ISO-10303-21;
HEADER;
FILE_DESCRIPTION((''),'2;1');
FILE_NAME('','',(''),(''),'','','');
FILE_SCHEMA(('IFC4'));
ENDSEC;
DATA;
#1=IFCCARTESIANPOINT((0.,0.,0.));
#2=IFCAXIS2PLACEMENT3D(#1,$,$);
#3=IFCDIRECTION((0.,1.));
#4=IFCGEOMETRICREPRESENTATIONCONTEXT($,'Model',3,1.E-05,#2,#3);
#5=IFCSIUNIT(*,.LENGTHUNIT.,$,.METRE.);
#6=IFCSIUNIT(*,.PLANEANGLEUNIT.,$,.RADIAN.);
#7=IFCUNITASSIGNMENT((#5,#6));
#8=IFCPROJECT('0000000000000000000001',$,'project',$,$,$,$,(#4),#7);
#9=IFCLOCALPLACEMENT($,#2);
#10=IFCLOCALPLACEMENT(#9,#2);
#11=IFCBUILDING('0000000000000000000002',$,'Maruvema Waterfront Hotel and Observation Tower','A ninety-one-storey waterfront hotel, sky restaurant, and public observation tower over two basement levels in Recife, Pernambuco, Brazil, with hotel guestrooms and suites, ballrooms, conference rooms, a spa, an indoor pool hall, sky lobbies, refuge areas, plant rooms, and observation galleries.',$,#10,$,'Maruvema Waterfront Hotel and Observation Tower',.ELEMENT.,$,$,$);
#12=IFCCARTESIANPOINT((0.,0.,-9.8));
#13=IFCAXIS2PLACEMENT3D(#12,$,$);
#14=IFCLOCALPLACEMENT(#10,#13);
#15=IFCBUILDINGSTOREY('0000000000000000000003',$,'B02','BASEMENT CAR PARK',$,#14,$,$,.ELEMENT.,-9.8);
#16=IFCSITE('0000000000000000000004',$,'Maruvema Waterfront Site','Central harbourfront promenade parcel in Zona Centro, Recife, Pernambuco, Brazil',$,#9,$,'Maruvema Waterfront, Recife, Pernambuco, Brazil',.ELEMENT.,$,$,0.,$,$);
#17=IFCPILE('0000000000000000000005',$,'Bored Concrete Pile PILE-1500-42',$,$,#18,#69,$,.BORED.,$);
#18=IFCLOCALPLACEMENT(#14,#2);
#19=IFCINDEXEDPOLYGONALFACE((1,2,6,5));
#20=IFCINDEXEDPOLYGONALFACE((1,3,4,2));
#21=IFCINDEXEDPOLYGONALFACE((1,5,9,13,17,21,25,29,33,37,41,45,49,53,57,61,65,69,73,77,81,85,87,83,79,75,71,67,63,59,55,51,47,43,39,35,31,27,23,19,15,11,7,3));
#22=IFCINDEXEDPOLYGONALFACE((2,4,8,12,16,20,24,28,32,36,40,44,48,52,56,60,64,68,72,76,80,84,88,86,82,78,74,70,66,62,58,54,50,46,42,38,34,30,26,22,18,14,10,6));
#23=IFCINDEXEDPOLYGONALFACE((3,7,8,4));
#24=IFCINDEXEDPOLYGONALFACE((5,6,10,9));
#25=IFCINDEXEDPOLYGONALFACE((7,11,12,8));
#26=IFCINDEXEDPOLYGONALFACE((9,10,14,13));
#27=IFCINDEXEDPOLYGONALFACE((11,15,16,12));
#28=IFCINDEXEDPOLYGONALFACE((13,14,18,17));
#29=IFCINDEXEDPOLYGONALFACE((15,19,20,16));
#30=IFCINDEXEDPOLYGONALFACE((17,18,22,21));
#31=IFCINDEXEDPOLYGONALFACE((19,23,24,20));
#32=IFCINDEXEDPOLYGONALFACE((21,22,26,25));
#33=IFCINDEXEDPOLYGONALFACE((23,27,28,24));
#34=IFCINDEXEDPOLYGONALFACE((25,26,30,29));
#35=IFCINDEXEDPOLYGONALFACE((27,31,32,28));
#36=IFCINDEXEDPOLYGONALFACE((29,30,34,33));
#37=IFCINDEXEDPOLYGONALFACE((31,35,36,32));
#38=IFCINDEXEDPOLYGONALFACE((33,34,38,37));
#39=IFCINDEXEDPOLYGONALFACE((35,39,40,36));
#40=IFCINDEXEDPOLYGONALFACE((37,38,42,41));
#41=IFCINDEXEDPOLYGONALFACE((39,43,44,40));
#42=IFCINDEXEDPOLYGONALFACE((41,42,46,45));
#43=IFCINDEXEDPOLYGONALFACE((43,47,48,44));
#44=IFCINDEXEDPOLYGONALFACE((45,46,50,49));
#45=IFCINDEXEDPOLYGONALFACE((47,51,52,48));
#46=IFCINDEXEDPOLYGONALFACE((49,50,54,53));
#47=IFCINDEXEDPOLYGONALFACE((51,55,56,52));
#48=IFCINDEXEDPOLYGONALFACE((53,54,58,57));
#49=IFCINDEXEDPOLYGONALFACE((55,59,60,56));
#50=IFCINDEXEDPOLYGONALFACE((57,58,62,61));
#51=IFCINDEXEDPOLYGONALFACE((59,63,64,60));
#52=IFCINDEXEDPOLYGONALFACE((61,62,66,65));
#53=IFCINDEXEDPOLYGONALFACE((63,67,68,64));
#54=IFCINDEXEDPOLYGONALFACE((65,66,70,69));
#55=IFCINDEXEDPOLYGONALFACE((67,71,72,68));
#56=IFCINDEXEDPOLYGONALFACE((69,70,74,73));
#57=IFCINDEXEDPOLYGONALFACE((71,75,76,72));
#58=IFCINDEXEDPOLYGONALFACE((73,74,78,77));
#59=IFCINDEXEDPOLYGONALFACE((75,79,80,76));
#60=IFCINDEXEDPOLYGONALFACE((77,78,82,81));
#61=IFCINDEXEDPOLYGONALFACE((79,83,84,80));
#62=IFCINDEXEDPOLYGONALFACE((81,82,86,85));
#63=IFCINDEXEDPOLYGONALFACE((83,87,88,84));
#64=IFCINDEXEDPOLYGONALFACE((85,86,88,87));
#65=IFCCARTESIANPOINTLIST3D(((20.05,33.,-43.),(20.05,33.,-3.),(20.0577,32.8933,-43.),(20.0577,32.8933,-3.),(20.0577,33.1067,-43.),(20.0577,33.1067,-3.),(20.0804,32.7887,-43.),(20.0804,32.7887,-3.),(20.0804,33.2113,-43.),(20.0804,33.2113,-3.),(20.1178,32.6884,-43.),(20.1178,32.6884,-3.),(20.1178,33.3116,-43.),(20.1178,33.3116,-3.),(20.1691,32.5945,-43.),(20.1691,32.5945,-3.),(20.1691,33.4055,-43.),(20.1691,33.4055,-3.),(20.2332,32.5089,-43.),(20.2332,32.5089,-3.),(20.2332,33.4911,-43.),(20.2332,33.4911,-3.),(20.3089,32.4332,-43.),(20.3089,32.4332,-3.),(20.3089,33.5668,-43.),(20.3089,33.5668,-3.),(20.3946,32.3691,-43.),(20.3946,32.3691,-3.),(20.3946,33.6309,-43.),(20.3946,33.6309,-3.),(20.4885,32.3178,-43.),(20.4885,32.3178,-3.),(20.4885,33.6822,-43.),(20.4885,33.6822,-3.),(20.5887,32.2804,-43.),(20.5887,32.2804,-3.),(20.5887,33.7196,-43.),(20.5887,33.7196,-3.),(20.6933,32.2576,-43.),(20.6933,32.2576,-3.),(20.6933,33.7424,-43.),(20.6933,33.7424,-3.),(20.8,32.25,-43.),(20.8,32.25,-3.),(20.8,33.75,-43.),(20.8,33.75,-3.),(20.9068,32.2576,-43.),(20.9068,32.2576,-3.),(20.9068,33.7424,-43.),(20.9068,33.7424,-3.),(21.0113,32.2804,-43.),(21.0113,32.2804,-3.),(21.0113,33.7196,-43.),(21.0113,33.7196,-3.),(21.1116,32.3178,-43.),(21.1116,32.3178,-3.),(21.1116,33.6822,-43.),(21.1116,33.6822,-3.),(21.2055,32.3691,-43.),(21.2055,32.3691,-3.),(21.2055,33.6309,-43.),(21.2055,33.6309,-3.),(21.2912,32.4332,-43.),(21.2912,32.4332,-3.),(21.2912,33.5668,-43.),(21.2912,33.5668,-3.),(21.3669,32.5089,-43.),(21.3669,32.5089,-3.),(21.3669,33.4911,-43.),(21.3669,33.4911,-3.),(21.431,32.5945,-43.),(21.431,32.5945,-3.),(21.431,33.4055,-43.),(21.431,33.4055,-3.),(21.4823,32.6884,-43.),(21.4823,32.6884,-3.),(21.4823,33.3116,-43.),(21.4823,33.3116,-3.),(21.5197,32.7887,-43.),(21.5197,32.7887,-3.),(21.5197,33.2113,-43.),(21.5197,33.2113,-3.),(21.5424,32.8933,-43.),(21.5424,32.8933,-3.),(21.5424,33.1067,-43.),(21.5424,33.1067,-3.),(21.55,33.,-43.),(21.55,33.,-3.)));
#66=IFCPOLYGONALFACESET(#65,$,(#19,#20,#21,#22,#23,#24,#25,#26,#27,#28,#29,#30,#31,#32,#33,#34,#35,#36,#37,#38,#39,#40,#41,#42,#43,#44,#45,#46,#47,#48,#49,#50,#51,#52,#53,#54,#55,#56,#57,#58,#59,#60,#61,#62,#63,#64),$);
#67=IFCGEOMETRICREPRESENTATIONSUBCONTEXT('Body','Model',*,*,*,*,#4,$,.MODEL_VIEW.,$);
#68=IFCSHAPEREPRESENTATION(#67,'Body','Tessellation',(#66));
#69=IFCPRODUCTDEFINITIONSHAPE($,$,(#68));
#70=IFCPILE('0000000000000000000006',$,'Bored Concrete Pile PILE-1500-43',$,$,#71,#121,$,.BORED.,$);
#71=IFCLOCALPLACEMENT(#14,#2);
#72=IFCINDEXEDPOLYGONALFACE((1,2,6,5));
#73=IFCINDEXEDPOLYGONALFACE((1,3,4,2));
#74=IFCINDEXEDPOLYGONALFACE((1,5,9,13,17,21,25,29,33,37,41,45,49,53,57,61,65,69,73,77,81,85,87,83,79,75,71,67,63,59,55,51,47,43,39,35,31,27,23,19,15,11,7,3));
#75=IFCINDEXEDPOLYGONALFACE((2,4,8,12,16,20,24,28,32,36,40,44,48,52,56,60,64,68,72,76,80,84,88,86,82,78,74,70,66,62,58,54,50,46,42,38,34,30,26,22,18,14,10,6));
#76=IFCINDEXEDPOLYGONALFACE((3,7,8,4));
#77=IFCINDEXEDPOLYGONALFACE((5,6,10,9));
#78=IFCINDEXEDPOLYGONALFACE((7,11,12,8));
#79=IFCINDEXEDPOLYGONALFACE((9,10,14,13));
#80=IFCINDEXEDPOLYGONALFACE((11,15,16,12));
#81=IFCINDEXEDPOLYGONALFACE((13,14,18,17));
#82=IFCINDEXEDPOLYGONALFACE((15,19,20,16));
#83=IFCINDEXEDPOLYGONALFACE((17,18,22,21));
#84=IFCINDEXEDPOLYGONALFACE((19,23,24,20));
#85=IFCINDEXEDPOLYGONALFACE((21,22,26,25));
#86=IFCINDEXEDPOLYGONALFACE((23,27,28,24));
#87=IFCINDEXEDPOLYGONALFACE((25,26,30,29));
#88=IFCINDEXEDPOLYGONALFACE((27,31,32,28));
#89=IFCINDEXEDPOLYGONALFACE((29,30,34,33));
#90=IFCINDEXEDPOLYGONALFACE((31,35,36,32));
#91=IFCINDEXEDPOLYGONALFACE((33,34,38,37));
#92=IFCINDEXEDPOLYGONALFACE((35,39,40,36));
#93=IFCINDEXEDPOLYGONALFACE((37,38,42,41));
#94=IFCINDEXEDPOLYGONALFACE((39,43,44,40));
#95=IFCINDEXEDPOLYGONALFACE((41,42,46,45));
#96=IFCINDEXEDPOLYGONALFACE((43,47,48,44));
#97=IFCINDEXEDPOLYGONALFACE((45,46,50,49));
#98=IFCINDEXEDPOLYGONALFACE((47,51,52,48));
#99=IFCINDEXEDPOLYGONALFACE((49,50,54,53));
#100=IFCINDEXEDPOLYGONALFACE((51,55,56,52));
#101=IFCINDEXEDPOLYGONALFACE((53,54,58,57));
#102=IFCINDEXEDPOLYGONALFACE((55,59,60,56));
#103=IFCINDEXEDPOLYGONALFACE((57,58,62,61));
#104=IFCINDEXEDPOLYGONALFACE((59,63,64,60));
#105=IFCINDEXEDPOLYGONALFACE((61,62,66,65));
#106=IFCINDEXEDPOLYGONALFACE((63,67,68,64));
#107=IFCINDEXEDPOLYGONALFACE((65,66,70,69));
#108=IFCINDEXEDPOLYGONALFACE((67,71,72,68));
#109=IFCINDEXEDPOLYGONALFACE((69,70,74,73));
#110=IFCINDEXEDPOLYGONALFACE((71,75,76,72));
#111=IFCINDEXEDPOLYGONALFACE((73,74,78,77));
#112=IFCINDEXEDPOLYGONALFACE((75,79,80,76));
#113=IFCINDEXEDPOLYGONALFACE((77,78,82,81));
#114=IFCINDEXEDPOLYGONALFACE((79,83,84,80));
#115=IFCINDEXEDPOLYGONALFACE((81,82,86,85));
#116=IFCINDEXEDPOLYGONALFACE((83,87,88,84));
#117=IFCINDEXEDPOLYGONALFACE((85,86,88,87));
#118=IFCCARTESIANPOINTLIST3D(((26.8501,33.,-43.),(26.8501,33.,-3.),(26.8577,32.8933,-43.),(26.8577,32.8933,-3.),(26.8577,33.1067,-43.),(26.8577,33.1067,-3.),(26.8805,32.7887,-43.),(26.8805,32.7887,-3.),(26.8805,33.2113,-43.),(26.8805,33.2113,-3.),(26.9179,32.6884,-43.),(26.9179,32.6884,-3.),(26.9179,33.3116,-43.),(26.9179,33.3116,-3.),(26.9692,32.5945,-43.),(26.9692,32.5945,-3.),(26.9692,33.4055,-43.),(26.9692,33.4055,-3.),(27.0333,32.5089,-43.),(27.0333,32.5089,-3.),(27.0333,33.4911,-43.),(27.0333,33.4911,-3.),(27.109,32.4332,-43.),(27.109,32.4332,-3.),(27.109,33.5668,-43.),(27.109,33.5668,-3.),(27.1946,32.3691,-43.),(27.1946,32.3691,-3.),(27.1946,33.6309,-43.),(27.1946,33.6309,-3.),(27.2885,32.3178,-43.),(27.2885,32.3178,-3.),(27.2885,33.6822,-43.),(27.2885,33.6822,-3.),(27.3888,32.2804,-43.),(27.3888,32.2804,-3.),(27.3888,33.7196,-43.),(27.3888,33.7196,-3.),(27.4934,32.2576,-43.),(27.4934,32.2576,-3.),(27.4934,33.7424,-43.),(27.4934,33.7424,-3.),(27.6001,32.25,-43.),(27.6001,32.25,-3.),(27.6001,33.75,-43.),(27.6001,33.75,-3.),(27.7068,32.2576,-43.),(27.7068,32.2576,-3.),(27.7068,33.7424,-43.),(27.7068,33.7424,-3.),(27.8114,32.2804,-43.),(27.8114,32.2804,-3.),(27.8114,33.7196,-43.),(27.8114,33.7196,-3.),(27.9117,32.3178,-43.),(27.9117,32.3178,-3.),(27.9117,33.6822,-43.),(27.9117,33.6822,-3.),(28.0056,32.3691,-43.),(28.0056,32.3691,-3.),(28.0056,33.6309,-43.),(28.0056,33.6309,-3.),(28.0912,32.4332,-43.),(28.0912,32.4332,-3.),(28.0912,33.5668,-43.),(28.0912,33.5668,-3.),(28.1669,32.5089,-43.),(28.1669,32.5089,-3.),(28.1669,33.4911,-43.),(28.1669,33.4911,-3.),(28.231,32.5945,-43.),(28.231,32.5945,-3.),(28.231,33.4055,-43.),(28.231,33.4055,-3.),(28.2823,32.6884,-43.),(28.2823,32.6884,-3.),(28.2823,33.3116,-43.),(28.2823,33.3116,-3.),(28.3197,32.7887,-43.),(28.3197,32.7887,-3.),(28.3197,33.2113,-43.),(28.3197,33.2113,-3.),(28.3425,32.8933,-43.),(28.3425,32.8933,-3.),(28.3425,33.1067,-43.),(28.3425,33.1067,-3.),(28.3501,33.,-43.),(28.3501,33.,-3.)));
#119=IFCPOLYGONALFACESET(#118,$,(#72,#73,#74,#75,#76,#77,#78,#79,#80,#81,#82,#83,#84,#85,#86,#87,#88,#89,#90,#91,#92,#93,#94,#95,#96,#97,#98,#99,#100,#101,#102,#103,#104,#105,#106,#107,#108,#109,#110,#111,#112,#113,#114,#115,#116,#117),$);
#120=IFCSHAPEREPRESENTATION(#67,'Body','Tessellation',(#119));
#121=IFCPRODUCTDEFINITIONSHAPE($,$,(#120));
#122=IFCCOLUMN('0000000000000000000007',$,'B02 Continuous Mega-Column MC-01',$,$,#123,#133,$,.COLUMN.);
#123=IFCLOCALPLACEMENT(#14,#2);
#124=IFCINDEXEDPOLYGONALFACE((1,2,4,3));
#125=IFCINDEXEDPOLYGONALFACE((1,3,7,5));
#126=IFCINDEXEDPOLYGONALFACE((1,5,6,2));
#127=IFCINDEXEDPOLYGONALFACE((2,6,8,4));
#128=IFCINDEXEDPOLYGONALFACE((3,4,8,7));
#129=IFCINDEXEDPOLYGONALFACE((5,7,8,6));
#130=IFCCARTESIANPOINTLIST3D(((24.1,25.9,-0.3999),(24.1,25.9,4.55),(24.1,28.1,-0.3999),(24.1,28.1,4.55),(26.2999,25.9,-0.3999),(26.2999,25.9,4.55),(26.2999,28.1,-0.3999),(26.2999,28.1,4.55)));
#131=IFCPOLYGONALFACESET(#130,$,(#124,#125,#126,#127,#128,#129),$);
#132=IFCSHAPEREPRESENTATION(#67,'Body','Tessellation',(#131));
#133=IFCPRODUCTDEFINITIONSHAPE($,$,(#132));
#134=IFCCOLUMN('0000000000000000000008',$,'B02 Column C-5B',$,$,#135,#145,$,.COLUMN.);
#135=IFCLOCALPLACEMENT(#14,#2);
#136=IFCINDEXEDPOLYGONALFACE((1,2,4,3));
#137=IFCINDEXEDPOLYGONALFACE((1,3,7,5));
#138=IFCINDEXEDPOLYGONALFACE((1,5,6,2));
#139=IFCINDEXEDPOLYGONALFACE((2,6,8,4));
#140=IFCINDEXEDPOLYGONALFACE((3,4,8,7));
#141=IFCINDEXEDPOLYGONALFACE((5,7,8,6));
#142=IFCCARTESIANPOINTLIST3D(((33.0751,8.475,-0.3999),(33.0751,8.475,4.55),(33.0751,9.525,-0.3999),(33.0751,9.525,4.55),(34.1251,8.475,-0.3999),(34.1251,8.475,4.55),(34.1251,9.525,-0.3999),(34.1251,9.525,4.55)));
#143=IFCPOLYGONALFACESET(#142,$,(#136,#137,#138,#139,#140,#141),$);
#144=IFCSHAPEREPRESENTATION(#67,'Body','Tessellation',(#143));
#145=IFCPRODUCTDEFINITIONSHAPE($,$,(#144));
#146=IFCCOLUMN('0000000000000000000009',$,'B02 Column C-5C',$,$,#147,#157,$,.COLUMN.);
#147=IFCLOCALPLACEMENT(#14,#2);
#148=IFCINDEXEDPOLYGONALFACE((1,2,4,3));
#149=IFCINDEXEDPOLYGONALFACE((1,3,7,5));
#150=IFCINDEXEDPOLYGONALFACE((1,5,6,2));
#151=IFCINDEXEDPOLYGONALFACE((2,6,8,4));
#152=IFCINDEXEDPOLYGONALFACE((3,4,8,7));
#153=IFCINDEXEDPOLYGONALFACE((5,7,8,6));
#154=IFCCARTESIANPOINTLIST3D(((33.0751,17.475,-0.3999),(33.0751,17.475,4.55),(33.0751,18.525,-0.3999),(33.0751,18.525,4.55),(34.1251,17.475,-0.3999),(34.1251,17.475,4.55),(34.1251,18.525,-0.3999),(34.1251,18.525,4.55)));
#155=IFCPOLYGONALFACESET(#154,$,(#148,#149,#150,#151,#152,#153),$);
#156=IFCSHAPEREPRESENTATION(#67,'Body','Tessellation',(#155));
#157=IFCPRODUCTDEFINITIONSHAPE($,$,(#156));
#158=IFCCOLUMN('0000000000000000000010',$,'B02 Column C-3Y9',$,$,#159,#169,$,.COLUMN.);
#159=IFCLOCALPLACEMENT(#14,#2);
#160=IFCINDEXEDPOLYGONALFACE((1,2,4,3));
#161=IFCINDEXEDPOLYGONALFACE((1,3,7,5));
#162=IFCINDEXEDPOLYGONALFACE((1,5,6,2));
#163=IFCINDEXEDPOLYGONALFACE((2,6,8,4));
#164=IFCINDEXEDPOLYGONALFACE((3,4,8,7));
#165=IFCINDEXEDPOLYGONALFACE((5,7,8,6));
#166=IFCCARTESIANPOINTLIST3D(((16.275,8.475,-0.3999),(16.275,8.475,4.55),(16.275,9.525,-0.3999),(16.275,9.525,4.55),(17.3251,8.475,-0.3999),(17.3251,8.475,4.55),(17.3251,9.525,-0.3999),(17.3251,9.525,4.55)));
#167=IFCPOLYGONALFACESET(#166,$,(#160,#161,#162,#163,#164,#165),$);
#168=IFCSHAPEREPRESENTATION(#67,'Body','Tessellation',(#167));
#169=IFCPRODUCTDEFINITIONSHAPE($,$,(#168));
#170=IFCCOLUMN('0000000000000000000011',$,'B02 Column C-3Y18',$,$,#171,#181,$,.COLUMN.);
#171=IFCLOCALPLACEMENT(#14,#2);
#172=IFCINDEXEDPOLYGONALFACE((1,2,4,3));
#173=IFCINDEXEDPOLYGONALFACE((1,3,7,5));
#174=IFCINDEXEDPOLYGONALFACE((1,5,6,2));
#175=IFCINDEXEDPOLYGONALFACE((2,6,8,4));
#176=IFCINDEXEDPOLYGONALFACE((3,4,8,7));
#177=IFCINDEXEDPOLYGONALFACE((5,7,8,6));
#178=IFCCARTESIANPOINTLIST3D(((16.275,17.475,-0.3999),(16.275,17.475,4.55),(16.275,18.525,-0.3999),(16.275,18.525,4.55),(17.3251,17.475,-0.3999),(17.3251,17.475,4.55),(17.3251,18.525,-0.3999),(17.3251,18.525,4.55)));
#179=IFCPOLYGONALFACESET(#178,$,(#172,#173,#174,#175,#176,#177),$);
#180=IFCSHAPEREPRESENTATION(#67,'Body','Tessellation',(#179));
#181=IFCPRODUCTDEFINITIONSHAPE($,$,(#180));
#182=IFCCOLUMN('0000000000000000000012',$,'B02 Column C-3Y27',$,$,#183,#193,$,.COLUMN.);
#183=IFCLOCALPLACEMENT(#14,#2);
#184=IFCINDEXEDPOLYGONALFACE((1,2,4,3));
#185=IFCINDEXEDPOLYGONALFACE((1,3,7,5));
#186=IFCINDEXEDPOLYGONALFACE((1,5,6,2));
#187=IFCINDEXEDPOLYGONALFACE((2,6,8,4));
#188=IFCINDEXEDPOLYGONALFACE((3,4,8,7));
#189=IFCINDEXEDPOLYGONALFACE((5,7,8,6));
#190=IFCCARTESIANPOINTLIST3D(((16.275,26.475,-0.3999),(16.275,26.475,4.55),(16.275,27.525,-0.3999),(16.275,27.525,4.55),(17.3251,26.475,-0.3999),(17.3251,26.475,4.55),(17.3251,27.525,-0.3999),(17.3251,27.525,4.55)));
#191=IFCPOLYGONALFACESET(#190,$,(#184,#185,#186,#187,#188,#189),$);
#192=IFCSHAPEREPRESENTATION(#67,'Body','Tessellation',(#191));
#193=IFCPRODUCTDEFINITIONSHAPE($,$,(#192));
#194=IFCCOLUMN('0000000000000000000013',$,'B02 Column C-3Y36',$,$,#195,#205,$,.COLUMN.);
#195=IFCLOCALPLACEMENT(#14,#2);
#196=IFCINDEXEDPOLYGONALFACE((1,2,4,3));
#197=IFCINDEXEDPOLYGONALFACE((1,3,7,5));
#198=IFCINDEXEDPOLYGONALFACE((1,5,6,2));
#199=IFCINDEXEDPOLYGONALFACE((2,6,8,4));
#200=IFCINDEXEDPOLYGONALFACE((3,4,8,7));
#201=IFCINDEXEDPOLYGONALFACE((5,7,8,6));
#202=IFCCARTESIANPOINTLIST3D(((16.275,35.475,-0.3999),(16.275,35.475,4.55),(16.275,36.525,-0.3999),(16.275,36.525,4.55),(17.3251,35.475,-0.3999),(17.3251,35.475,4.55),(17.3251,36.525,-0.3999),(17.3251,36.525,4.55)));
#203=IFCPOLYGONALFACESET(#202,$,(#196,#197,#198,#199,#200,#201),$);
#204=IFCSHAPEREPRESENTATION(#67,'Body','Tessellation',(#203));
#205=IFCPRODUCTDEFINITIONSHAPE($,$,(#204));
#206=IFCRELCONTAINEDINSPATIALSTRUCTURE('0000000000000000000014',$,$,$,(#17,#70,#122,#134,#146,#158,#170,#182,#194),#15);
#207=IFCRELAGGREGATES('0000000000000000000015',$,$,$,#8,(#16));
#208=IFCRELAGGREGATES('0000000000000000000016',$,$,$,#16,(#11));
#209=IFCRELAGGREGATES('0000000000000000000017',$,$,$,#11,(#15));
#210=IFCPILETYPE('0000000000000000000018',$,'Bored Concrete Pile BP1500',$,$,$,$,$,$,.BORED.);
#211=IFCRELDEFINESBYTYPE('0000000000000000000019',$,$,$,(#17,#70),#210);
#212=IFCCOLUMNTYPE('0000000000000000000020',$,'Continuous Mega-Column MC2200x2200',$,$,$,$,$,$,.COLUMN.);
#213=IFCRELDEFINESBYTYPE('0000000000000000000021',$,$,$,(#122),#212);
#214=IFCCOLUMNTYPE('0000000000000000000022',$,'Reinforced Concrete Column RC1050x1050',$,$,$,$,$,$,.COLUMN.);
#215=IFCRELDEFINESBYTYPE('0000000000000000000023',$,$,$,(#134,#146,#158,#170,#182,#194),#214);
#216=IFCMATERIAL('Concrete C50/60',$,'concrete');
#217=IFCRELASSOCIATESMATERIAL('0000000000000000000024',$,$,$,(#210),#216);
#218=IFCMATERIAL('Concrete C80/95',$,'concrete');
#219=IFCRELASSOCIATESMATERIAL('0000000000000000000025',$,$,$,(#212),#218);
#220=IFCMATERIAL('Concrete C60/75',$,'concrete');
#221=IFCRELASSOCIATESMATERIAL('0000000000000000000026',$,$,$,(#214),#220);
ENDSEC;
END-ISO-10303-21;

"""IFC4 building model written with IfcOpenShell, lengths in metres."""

from ifc_helpers import new_model, si_unit, direction, frame, origin, origin_2d, place, context, subcontext, project, spatial, rectangle, circle, extrude, material, material_profile, profile_set, type_object, element, save


model = new_model("IFC4")

# Units and contexts
model_context = context("Model", 3, precision=1e-05, world=origin(), true_north=direction((0.0, 1.0)))
body_context = subcontext(model_context, "Body", "Model", "MODEL_VIEW")
ifc_project = project(units=[si_unit("LENGTHUNIT", "METRE"), si_unit("PLANEANGLEUNIT", "RADIAN")], contexts=[model_context])

# Site, building, storey
site_placement = place(None, origin())
site = spatial("IfcSite", under=ifc_project, at=site_placement, Name="Maruvema Waterfront Site", Description="Central harbourfront promenade parcel in Zona Centro, Recife, Pernambuco, Brazil", LongName="Maruvema Waterfront, Recife, Pernambuco, Brazil", CompositionType="ELEMENT", RefElevation=0.0)
building_placement = place(site_placement, origin())
building = spatial("IfcBuilding", under=site, at=building_placement, Name="Maruvema Waterfront Hotel and Observation Tower", Description="A ninety-one-storey waterfront hotel, sky restaurant, and public observation tower over two basement levels in Recife, Pernambuco, Brazil, with hotel guestrooms and suites, ballrooms, conference rooms, a spa, an indoor pool hall, sky lobbies, refuge areas, plant rooms, and observation galleries.", LongName="Maruvema Waterfront Hotel and Observation Tower", CompositionType="ELEMENT")
storey_placement = place(building_placement, frame((0.0, 0.0, -9.8)))
storey = spatial("IfcBuildingStorey", under=building, at=storey_placement, Name="B02", Description="BASEMENT CAR PARK", CompositionType="ELEMENT", Elevation=-9.8)

# Piles
ifc_material_1 = material(Name="Concrete C50/60", Category="concrete")
ifc_material_profile_1 = material_profile(ifc_material_1, circle(Radius=0.75, at=origin_2d()), Name="BP1500")
ifc_profile_set_1 = profile_set([ifc_material_profile_1], Name="Concrete C50/60")
pile_type = type_object("IfcPileType", Name="Bored Concrete Pile BP1500", PredefinedType="BORED", material=ifc_profile_set_1)
for number, where, z_axis, x_axis, name in (
    (1, (20.8, 33.0, -3.0), (0.0, 0.0, -1.0), (1.0, 0.0, 0.0), "Bored Concrete Pile PILE-1500-42"),
    (2, (27.6001, 33.0, -3.0), (0.0, 0.0, -1.0), (1.0, 0.0, 0.0), "Bored Concrete Pile PILE-1500-43"),
):
    element("IfcPile", number, at=place(storey_placement, frame(where, z_axis=z_axis, x_axis=x_axis)), inside=storey, type_object=pile_type, Name=name, PredefinedType="BORED", context=body_context, shape_type="SweptSolid", body=[
        extrude(circle(Radius=0.75, at=origin_2d()), origin(), (0.0, 0.0, 1.0), 40.0),
    ])

# Columns
ifc_material_2 = material(Name="Concrete C80/95", Category="concrete")
ifc_material_profile_2 = material_profile(ifc_material_2, rectangle(XDim=2.2, YDim=2.2, at=origin_2d()), Name="MC2200x2200")
ifc_profile_set_2 = profile_set([ifc_material_profile_2], Name="Concrete C80/95")
column_type_1 = type_object("IfcColumnType", Name="Continuous Mega-Column MC2200x2200", PredefinedType="COLUMN", material=ifc_profile_set_2)
column_placement = place(storey_placement, frame((25.2, 27.0, -0.3999), z_axis=(0.0, 0.0, 1.0), x_axis=(1.0, 0.0, 0.0)))
element("IfcColumn", 3, at=column_placement, inside=storey, type_object=column_type_1, Name="B02 Continuous Mega-Column MC-01", PredefinedType="COLUMN", context=body_context, shape_type="SweptSolid", body=[
    extrude(rectangle(XDim=2.2, YDim=2.2, at=origin_2d()), origin(), (0.0, 0.0, 1.0), 4.95),
])
ifc_material_3 = material(Name="Concrete C60/75", Category="concrete")
ifc_material_profile_3 = material_profile(ifc_material_3, rectangle(XDim=1.05, YDim=1.05, at=origin_2d()), Name="RC1050x1050")
ifc_profile_set_3 = profile_set([ifc_material_profile_3], Name="Concrete C60/75")
column_type_2 = type_object("IfcColumnType", Name="Reinforced Concrete Column RC1050x1050", PredefinedType="COLUMN", material=ifc_profile_set_3)
for number, where, z_axis, x_axis, name in (
    (4, (33.6001, 9.0, -0.3999), (0.0, 0.0, 1.0), (1.0, 0.0, 0.0), "B02 Column C-5B"),
    (5, (33.6001, 18.0, -0.3999), (0.0, 0.0, 1.0), (1.0, 0.0, 0.0), "B02 Column C-5C"),
    (6, (16.8, 9.0, -0.3999), (0.0, 0.0, 1.0), (1.0, 0.0, 0.0), "B02 Column C-3Y9"),
    (7, (16.8, 18.0, -0.3999), (0.0, 0.0, 1.0), (1.0, 0.0, 0.0), "B02 Column C-3Y18"),
    (8, (16.8, 27.0, -0.3999), (0.0, 0.0, 1.0), (1.0, 0.0, 0.0), "B02 Column C-3Y27"),
    (9, (16.8, 36.0, -0.3999), (0.0, 0.0, 1.0), (1.0, 0.0, 0.0), "B02 Column C-3Y36"),
):
    element("IfcColumn", number, at=place(storey_placement, frame(where, z_axis=z_axis, x_axis=x_axis)), inside=storey, type_object=column_type_2, Name=name, PredefinedType="COLUMN", context=body_context, shape_type="SweptSolid", body=[
        extrude(rectangle(XDim=1.05, YDim=1.05, at=origin_2d()), origin(), (0.0, 0.0, 1.0), 4.95),
    ])

save(model, "model.ifc")
